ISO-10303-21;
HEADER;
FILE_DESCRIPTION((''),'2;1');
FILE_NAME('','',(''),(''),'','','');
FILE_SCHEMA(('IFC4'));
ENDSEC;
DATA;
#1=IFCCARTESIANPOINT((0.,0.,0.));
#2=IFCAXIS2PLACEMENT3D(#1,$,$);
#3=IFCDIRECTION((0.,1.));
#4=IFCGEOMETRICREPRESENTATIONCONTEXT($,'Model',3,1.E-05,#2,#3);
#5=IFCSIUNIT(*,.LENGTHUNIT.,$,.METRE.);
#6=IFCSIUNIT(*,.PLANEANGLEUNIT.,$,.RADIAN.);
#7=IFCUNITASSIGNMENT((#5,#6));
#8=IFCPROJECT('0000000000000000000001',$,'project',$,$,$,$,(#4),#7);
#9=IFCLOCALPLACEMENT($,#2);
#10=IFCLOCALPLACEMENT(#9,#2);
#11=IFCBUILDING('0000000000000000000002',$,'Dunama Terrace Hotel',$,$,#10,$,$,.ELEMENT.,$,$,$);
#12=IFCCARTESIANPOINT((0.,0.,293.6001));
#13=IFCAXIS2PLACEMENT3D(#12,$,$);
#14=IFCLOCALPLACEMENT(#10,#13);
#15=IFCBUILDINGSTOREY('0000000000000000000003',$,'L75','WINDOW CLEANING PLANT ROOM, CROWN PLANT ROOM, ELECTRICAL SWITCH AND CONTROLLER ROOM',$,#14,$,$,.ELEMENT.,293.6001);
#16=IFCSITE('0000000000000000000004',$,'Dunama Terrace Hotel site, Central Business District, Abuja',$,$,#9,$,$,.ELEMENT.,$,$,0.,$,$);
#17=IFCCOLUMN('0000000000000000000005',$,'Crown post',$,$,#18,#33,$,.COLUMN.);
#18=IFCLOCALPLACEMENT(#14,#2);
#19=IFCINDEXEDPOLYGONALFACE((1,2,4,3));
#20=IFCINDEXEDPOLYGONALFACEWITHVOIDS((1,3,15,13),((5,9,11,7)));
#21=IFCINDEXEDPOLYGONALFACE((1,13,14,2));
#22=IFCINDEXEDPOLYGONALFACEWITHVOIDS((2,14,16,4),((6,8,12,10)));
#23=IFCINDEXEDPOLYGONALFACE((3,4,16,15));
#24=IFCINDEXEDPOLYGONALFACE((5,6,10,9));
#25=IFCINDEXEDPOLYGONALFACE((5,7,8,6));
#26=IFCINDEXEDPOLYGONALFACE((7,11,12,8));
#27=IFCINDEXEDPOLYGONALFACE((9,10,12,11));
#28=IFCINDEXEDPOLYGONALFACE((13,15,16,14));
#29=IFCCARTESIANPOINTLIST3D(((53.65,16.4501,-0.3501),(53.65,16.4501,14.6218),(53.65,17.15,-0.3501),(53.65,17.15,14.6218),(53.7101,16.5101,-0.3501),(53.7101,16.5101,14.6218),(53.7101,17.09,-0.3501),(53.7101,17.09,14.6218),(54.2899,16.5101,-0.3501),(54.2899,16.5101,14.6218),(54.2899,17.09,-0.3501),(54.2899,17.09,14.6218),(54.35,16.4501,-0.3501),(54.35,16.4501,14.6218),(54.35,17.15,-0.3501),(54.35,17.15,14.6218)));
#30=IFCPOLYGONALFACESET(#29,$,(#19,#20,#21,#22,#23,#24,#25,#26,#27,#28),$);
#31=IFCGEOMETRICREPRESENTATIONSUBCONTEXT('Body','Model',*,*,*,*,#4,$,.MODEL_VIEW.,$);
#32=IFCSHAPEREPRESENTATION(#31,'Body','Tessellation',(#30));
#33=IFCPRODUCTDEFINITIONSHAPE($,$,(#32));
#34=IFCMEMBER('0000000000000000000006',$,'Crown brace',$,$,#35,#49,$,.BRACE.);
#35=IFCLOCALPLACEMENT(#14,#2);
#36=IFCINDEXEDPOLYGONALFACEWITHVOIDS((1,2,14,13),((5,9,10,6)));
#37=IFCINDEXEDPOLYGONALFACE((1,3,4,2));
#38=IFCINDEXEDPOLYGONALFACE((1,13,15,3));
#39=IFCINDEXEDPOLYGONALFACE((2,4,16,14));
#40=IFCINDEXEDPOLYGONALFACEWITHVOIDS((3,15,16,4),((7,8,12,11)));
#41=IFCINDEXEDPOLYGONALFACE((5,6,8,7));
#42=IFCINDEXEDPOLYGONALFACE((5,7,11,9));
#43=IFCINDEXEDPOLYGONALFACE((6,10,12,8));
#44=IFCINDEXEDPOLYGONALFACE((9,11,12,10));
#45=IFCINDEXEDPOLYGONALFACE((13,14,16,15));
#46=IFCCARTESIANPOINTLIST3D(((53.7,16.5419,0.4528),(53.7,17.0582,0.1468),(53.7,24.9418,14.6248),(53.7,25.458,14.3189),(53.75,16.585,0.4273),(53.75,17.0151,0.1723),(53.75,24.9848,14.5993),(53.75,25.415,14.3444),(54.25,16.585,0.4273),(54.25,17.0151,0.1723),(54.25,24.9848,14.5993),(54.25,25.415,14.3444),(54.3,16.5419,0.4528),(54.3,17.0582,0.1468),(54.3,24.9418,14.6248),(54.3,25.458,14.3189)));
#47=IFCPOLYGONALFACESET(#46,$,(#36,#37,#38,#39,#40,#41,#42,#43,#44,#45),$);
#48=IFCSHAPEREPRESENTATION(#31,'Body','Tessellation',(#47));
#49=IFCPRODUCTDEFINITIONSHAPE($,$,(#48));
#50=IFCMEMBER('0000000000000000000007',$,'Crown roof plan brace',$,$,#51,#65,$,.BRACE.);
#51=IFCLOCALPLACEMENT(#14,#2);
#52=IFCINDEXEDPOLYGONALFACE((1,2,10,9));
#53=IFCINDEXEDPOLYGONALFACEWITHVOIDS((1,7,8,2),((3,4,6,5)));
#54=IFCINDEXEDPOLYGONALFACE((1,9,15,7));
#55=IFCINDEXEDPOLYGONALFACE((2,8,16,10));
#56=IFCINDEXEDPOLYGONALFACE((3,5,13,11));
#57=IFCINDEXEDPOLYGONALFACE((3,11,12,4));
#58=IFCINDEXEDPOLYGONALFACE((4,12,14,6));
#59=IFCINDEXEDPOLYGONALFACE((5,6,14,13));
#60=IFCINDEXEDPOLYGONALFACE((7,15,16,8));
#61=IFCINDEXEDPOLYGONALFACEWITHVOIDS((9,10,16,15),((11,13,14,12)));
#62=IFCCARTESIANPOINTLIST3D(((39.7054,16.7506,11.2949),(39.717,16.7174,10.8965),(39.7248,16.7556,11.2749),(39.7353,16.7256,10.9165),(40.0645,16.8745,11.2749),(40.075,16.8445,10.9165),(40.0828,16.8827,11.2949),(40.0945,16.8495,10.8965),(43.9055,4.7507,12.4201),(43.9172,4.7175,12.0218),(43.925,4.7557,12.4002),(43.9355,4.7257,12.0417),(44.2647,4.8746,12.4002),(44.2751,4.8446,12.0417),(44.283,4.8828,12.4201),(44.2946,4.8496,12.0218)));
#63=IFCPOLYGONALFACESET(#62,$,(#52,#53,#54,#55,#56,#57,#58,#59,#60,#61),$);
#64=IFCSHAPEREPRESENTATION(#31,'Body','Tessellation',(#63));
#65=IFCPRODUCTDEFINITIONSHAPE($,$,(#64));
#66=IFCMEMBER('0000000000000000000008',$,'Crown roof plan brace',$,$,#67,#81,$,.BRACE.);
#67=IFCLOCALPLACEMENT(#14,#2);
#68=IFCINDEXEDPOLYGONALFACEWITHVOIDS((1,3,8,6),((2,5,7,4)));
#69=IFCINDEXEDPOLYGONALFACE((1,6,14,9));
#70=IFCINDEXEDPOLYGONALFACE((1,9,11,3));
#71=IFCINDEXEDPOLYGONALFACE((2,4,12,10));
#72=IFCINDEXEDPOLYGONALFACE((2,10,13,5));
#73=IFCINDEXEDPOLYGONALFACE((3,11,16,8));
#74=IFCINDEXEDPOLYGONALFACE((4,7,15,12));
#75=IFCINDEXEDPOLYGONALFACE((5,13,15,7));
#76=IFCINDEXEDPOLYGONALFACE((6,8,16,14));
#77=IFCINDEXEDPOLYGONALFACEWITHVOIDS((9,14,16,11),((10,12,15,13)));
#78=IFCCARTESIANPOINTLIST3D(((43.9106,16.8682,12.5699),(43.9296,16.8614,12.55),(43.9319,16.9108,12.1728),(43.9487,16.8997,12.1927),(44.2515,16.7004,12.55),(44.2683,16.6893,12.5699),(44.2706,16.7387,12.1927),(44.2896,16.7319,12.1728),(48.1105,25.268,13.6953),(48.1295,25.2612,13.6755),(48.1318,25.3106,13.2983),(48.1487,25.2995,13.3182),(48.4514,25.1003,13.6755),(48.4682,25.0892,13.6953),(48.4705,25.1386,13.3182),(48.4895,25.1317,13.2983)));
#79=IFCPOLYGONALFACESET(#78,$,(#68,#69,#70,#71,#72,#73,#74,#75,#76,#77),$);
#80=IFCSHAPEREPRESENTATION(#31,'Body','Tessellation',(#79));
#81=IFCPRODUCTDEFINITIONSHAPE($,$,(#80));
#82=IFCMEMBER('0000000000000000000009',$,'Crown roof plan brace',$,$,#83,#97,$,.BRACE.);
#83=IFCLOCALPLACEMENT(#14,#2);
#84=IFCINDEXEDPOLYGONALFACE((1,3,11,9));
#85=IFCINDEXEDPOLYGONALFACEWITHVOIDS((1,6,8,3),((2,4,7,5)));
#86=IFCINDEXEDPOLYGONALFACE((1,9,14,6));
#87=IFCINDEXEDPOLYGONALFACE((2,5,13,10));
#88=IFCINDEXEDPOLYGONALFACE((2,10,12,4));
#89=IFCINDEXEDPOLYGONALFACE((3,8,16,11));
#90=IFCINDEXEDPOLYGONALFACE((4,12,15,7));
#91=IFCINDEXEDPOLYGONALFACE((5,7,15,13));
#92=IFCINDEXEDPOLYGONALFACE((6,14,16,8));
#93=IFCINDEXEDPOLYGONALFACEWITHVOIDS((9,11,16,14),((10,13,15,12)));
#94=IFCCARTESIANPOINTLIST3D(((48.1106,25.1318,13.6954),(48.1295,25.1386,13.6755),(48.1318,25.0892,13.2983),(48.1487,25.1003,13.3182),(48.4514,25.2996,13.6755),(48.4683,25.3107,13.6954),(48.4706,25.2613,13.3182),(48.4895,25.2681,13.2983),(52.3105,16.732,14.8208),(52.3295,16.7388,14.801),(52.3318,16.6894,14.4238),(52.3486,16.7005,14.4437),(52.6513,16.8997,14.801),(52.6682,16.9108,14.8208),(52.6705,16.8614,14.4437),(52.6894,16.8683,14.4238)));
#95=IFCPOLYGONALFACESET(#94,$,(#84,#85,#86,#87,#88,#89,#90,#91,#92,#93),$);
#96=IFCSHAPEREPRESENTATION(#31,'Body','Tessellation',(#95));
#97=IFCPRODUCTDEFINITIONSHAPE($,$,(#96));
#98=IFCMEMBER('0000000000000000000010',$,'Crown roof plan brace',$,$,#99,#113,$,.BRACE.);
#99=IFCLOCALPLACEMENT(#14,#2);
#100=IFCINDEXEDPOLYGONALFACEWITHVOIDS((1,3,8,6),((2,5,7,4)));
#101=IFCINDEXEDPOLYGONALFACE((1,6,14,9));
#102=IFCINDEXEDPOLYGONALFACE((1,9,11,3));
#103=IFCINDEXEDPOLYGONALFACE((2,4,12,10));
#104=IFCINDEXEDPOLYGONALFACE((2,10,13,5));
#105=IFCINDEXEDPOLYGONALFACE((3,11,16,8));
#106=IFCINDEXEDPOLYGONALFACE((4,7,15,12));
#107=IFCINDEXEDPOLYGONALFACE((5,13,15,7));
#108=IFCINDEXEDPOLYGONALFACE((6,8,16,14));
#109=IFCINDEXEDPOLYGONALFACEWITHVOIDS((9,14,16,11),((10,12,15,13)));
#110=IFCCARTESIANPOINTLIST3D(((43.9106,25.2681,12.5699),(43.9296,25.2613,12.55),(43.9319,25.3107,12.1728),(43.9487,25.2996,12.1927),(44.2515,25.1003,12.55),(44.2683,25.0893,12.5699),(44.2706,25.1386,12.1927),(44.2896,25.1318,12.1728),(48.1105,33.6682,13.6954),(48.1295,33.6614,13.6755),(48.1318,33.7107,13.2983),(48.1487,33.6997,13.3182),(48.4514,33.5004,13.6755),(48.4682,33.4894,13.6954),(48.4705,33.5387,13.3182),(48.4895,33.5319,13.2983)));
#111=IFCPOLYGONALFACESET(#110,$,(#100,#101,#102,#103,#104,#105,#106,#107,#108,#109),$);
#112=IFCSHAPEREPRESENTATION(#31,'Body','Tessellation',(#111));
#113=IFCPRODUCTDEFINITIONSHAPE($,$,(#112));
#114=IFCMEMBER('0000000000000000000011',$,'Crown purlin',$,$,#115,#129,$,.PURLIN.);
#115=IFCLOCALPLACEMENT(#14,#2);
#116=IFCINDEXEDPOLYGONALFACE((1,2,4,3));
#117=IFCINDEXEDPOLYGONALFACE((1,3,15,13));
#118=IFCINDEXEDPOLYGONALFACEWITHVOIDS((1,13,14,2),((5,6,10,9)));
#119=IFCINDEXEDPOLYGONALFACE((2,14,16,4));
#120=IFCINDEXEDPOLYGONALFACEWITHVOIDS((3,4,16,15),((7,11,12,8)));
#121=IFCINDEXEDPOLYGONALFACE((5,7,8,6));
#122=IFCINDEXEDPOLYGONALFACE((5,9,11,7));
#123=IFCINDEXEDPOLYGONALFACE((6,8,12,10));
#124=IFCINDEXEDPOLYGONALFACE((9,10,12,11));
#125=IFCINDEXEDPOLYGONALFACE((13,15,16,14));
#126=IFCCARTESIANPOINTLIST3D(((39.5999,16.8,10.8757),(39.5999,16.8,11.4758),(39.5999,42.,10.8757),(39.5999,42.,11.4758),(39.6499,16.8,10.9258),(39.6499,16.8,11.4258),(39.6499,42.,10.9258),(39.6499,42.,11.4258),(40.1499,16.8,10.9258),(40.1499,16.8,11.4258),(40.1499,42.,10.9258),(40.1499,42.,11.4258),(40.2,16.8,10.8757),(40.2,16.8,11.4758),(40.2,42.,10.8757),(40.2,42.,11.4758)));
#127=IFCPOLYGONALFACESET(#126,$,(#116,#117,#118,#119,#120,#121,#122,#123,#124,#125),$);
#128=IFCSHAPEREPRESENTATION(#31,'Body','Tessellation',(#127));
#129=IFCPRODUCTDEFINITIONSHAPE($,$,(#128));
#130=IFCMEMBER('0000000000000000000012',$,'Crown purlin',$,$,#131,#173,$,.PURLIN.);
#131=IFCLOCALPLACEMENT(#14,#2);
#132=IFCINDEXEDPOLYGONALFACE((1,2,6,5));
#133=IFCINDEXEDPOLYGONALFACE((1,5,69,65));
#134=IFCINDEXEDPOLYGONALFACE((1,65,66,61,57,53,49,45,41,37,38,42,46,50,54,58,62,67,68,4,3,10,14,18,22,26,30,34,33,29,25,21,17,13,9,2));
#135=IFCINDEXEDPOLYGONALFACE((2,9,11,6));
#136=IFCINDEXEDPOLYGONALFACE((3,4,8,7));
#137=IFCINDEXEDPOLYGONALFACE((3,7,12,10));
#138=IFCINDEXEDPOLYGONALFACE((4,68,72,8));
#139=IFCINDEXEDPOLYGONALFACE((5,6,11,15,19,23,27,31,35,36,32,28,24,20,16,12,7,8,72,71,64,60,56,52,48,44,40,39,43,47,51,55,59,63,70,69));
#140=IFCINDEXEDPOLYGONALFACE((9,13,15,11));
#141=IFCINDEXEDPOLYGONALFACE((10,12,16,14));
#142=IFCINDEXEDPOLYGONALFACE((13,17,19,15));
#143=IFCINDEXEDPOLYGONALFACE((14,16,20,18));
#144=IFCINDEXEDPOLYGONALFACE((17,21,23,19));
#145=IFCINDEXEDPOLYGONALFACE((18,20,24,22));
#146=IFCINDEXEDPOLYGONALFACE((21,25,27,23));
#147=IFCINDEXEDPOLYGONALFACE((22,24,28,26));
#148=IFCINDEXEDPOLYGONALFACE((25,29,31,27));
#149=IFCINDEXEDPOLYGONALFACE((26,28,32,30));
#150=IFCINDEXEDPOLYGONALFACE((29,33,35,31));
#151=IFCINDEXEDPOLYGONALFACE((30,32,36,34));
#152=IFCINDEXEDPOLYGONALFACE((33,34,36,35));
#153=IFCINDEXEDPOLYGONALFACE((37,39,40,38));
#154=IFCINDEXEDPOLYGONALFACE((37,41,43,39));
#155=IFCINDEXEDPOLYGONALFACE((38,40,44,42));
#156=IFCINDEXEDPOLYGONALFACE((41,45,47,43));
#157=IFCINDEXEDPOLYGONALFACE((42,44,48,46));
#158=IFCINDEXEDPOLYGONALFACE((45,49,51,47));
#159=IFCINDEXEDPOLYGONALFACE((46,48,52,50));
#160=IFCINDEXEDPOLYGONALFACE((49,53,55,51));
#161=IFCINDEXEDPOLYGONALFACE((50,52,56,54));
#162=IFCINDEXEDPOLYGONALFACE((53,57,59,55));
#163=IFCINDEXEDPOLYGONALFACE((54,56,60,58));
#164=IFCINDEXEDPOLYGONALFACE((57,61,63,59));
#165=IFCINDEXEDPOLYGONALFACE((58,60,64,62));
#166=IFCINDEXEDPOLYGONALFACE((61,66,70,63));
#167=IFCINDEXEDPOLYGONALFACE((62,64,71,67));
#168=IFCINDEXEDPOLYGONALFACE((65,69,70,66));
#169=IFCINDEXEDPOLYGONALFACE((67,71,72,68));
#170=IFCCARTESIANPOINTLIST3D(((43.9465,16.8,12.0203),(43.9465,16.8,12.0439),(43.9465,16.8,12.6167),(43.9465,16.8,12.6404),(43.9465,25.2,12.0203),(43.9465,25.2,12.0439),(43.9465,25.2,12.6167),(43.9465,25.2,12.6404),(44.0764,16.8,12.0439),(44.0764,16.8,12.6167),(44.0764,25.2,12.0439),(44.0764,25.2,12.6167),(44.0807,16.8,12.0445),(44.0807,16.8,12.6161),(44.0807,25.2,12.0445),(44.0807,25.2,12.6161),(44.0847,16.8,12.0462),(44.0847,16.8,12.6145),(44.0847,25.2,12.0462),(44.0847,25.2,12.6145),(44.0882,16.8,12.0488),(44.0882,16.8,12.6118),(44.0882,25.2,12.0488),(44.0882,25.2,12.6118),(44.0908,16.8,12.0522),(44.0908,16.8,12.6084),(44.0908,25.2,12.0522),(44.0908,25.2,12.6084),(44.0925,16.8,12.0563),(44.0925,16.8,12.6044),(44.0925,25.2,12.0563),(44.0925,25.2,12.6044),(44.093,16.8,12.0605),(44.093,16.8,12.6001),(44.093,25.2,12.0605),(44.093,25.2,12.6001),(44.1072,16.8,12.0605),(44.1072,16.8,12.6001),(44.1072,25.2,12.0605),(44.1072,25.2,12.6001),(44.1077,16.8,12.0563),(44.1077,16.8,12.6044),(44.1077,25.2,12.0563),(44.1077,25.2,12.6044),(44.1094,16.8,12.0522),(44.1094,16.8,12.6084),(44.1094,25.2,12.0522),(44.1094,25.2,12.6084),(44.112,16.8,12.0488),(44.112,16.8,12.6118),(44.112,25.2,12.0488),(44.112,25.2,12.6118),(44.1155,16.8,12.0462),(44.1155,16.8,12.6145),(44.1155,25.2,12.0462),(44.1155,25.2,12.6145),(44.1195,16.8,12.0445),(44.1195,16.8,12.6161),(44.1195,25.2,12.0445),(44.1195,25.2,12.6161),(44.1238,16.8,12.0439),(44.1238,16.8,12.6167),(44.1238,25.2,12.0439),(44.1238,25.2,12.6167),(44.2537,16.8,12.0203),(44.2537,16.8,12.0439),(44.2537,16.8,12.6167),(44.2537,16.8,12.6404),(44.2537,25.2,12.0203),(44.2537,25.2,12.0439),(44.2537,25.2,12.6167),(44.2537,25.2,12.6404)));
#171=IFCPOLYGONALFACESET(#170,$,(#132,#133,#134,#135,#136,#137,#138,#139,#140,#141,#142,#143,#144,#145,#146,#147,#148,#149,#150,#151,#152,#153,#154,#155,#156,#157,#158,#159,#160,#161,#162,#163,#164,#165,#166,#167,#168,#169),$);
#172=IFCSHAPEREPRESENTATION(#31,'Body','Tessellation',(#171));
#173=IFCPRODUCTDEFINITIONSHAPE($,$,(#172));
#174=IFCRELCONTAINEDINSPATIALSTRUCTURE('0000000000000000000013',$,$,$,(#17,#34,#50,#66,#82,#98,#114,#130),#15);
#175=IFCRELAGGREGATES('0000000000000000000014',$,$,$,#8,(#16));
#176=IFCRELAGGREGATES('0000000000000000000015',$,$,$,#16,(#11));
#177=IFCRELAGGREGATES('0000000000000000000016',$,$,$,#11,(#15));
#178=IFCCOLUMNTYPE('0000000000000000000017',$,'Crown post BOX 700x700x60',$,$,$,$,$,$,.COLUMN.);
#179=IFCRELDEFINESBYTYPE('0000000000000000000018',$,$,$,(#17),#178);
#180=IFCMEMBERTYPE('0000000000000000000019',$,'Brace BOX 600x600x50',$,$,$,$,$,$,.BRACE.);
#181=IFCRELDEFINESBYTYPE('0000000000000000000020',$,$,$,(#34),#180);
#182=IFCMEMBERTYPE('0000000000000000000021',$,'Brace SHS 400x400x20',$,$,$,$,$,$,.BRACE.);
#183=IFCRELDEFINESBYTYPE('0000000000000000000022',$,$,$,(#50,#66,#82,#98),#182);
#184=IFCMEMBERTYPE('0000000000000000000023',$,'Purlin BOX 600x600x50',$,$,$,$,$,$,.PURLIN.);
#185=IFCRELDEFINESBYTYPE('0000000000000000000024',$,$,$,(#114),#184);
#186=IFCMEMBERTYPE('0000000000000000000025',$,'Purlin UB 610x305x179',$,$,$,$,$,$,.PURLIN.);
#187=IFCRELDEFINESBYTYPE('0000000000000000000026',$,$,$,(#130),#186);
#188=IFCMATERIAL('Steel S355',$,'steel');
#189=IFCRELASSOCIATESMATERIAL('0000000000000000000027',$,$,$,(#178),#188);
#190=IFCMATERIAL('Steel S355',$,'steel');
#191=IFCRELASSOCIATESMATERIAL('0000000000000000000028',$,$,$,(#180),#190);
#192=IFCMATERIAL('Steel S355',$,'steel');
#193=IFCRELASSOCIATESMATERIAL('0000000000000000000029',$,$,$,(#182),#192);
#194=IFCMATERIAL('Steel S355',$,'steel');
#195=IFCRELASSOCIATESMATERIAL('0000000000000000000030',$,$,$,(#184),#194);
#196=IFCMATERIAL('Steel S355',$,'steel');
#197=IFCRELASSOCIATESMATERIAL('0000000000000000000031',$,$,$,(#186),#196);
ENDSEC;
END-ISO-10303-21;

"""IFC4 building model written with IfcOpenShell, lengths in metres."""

from ifc_helpers import new_model, si_unit, direction, frame, origin, origin_2d, place, context, subcontext, project, spatial, hollow_rectangle, i_section, extrude, material, material_profile, profile_set, type_object, element, save


model = new_model("IFC4")

# Units and contexts
model_context = context("Model", 3, precision=1e-05, world=origin(), true_north=direction((0.0, 1.0)))
body_context = subcontext(model_context, "Body", "Model", "MODEL_VIEW")
ifc_project = project(units=[si_unit("LENGTHUNIT", "METRE"), si_unit("PLANEANGLEUNIT", "RADIAN")], contexts=[model_context])

# Site, building, storey
site_placement = place(None, origin())
site = spatial("IfcSite", under=ifc_project, at=site_placement, Name="Dunama Terrace Hotel site, Central Business District, Abuja", CompositionType="ELEMENT", RefElevation=0.0)
building_placement = place(site_placement, origin())
building = spatial("IfcBuilding", under=site, at=building_placement, Name="Dunama Terrace Hotel", CompositionType="ELEMENT")
storey_placement = place(building_placement, frame((0.0, 0.0, 293.6001)))
storey = spatial("IfcBuildingStorey", under=building, at=storey_placement, Name="L75", Description="WINDOW CLEANING PLANT ROOM, CROWN PLANT ROOM, ELECTRICAL SWITCH AND CONTROLLER ROOM", CompositionType="ELEMENT", Elevation=293.6001)

# Column
ifc_material_1 = material(Name="Steel S355", Category="steel")
ifc_material_profile_1 = material_profile(ifc_material_1, hollow_rectangle(XDim=0.7, YDim=0.7, WallThickness=0.0601, at=origin_2d()), Name="BOX 700x700x60")
ifc_profile_set_1 = profile_set([ifc_material_profile_1], Name="Steel S355")
column_type = type_object("IfcColumnType", Name="Crown post BOX 700x700x60", PredefinedType="COLUMN", material=ifc_profile_set_1)
column_placement = place(storey_placement, frame((54.0, 16.8, -0.3501), z_axis=(0.0, 0.0, 1.0), x_axis=(1.0, 0.0, 0.0)))
element("IfcColumn", 1, at=column_placement, inside=storey, type_object=column_type, Name="Crown post", PredefinedType="COLUMN", context=body_context, shape_type="SweptSolid", body=[
    extrude(hollow_rectangle(XDim=0.7, YDim=0.7, WallThickness=0.0601, at=origin_2d()), origin(), (0.0, 0.0, 1.0), 14.9719),
])

# Members
ifc_material_2 = material(Name="Steel S355", Category="steel")
ifc_material_profile_2 = material_profile(ifc_material_2, hollow_rectangle(XDim=0.6001, YDim=0.6001, WallThickness=0.05, at=origin_2d()), Name="BOX 600x600x50")
ifc_profile_set_2 = profile_set([ifc_material_profile_2], Name="Steel S355")
member_type_1 = type_object("IfcMemberType", Name="Brace BOX 600x600x50", PredefinedType="BRACE", material=ifc_profile_set_2)
member_1_placement = place(storey_placement, frame((54.0, 16.8, 0.2998), z_axis=(0.0, 0.509875, 0.860249), x_axis=(-1.0, 0.0, 0.0)))
element("IfcMember", 2, at=member_1_placement, inside=storey, type_object=member_type_1, Name="Crown brace", PredefinedType="BRACE", context=body_context, shape_type="SweptSolid", body=[
    extrude(hollow_rectangle(XDim=0.6001, YDim=0.6001, WallThickness=0.05, at=origin_2d()), origin(), (0.0, 0.0, 1.0), 16.4744),
])
ifc_material_3 = material(Name="Steel S355", Category="steel")
ifc_material_profile_3 = material_profile(ifc_material_3, hollow_rectangle(XDim=0.3999, YDim=0.3999, WallThickness=0.02, at=origin_2d()), Name="SHS 400x400x20")
ifc_profile_set_3 = profile_set([ifc_material_profile_3], Name="Steel S355")
member_type_2 = type_object("IfcMemberType", Name="Brace SHS 400x400x20", PredefinedType="BRACE", material=ifc_profile_set_3)
member_2_placement = place(storey_placement, frame((39.8999, 16.8, 11.0957), z_axis=(0.329078, -0.940178, 0.088161), x_axis=(0.943854, 0.330364, 0.0)))
element("IfcMember", 3, at=member_2_placement, inside=storey, type_object=member_type_2, Name="Crown roof plan brace", PredefinedType="BRACE", context=body_context, shape_type="SweptSolid", body=[
    extrude(hollow_rectangle(XDim=0.3999, YDim=0.3999, WallThickness=0.02, at=origin_2d()), origin(), (0.0, 0.0, 1.0), 12.7634),
])
for number, where, z_axis, x_axis, name in (
    (4, (44.1001, 16.8, 12.3713), (0.444036, 0.888073, 0.118991), (-0.894427, 0.447214, 0.0), "Crown roof plan brace"),
    (5, (48.3, 25.2, 13.4968), (0.444036, -0.888073, 0.118991), (0.894427, 0.447214, 0.0), "Crown roof plan brace"),
):
    element("IfcMember", number, at=place(storey_placement, frame(where, z_axis=z_axis, x_axis=x_axis)), inside=storey, type_object=member_type_2, Name=name, PredefinedType="BRACE", context=body_context, shape_type="SweptSolid", body=[
        extrude(hollow_rectangle(XDim=0.3999, YDim=0.3999, WallThickness=0.02, at=origin_2d()), origin(), (0.0, 0.0, 1.0), 9.4585),
    ])
member_3_placement = place(storey_placement, frame((44.1001, 25.2, 12.3713), z_axis=(0.444026, 0.888078, 0.118989), x_axis=(-0.894432, 0.447203, 0.0)))
element("IfcMember", 6, at=member_3_placement, inside=storey, type_object=member_type_2, Name="Crown roof plan brace", PredefinedType="BRACE", context=body_context, shape_type="SweptSolid", body=[
    extrude(hollow_rectangle(XDim=0.3999, YDim=0.3999, WallThickness=0.02, at=origin_2d()), origin(), (0.0, 0.0, 1.0), 9.4587),
])
ifc_material_4 = material(Name="Steel S355", Category="steel")
ifc_material_profile_4 = material_profile(ifc_material_4, hollow_rectangle(XDim=0.6001, YDim=0.6001, WallThickness=0.05, at=origin_2d()), Name="BOX 600x600x50")
ifc_profile_set_4 = profile_set([ifc_material_profile_4], Name="Steel S355")
member_type_3 = type_object("IfcMemberType", Name="Purlin BOX 600x600x50", PredefinedType="PURLIN", material=ifc_profile_set_4)
member_4_placement = place(storey_placement, frame((39.8999, 16.8, 11.1758), z_axis=(0.0, 1.0, 0.0), x_axis=(-1.0, 0.0, 0.0)))
element("IfcMember", 7, at=member_4_placement, inside=storey, type_object=member_type_3, Name="Crown purlin", PredefinedType="PURLIN", context=body_context, shape_type="SweptSolid", body=[
    extrude(hollow_rectangle(XDim=0.6001, YDim=0.6001, WallThickness=0.05, at=origin_2d()), origin(), (0.0, 0.0, 1.0), 25.2),
])
ifc_material_5 = material(Name="Steel S355", Category="steel")
ifc_material_profile_5 = material_profile(ifc_material_5, i_section(OverallWidth=0.3071, OverallDepth=0.6201, WebThickness=0.0142, FlangeThickness=0.0237, FilletRadius=0.0166, at=origin_2d()), Name="UB 610x305x179")
ifc_profile_set_5 = profile_set([ifc_material_profile_5], Name="Steel S355")
member_type_4 = type_object("IfcMemberType", Name="Purlin UB 610x305x179", PredefinedType="PURLIN", material=ifc_profile_set_5)
for number, where, z_axis, x_axis, name in (
    (8, (44.1001, 16.8, 12.3303), (0.0, 1.0, 0.0), (-1.0, 0.0, 0.0), "Crown purlin"),
):
    element("IfcMember", number, at=place(storey_placement, frame(where, z_axis=z_axis, x_axis=x_axis)), inside=storey, type_object=member_type_4, Name=name, PredefinedType="PURLIN", context=body_context, shape_type="SweptSolid", body=[
        extrude(i_section(OverallWidth=0.3071, OverallDepth=0.6201, WebThickness=0.0142, FlangeThickness=0.0237, FilletRadius=0.0166, at=origin_2d()), origin(), (0.0, 0.0, 1.0), 8.3999),
    ])

save(model, "model.ifc")
